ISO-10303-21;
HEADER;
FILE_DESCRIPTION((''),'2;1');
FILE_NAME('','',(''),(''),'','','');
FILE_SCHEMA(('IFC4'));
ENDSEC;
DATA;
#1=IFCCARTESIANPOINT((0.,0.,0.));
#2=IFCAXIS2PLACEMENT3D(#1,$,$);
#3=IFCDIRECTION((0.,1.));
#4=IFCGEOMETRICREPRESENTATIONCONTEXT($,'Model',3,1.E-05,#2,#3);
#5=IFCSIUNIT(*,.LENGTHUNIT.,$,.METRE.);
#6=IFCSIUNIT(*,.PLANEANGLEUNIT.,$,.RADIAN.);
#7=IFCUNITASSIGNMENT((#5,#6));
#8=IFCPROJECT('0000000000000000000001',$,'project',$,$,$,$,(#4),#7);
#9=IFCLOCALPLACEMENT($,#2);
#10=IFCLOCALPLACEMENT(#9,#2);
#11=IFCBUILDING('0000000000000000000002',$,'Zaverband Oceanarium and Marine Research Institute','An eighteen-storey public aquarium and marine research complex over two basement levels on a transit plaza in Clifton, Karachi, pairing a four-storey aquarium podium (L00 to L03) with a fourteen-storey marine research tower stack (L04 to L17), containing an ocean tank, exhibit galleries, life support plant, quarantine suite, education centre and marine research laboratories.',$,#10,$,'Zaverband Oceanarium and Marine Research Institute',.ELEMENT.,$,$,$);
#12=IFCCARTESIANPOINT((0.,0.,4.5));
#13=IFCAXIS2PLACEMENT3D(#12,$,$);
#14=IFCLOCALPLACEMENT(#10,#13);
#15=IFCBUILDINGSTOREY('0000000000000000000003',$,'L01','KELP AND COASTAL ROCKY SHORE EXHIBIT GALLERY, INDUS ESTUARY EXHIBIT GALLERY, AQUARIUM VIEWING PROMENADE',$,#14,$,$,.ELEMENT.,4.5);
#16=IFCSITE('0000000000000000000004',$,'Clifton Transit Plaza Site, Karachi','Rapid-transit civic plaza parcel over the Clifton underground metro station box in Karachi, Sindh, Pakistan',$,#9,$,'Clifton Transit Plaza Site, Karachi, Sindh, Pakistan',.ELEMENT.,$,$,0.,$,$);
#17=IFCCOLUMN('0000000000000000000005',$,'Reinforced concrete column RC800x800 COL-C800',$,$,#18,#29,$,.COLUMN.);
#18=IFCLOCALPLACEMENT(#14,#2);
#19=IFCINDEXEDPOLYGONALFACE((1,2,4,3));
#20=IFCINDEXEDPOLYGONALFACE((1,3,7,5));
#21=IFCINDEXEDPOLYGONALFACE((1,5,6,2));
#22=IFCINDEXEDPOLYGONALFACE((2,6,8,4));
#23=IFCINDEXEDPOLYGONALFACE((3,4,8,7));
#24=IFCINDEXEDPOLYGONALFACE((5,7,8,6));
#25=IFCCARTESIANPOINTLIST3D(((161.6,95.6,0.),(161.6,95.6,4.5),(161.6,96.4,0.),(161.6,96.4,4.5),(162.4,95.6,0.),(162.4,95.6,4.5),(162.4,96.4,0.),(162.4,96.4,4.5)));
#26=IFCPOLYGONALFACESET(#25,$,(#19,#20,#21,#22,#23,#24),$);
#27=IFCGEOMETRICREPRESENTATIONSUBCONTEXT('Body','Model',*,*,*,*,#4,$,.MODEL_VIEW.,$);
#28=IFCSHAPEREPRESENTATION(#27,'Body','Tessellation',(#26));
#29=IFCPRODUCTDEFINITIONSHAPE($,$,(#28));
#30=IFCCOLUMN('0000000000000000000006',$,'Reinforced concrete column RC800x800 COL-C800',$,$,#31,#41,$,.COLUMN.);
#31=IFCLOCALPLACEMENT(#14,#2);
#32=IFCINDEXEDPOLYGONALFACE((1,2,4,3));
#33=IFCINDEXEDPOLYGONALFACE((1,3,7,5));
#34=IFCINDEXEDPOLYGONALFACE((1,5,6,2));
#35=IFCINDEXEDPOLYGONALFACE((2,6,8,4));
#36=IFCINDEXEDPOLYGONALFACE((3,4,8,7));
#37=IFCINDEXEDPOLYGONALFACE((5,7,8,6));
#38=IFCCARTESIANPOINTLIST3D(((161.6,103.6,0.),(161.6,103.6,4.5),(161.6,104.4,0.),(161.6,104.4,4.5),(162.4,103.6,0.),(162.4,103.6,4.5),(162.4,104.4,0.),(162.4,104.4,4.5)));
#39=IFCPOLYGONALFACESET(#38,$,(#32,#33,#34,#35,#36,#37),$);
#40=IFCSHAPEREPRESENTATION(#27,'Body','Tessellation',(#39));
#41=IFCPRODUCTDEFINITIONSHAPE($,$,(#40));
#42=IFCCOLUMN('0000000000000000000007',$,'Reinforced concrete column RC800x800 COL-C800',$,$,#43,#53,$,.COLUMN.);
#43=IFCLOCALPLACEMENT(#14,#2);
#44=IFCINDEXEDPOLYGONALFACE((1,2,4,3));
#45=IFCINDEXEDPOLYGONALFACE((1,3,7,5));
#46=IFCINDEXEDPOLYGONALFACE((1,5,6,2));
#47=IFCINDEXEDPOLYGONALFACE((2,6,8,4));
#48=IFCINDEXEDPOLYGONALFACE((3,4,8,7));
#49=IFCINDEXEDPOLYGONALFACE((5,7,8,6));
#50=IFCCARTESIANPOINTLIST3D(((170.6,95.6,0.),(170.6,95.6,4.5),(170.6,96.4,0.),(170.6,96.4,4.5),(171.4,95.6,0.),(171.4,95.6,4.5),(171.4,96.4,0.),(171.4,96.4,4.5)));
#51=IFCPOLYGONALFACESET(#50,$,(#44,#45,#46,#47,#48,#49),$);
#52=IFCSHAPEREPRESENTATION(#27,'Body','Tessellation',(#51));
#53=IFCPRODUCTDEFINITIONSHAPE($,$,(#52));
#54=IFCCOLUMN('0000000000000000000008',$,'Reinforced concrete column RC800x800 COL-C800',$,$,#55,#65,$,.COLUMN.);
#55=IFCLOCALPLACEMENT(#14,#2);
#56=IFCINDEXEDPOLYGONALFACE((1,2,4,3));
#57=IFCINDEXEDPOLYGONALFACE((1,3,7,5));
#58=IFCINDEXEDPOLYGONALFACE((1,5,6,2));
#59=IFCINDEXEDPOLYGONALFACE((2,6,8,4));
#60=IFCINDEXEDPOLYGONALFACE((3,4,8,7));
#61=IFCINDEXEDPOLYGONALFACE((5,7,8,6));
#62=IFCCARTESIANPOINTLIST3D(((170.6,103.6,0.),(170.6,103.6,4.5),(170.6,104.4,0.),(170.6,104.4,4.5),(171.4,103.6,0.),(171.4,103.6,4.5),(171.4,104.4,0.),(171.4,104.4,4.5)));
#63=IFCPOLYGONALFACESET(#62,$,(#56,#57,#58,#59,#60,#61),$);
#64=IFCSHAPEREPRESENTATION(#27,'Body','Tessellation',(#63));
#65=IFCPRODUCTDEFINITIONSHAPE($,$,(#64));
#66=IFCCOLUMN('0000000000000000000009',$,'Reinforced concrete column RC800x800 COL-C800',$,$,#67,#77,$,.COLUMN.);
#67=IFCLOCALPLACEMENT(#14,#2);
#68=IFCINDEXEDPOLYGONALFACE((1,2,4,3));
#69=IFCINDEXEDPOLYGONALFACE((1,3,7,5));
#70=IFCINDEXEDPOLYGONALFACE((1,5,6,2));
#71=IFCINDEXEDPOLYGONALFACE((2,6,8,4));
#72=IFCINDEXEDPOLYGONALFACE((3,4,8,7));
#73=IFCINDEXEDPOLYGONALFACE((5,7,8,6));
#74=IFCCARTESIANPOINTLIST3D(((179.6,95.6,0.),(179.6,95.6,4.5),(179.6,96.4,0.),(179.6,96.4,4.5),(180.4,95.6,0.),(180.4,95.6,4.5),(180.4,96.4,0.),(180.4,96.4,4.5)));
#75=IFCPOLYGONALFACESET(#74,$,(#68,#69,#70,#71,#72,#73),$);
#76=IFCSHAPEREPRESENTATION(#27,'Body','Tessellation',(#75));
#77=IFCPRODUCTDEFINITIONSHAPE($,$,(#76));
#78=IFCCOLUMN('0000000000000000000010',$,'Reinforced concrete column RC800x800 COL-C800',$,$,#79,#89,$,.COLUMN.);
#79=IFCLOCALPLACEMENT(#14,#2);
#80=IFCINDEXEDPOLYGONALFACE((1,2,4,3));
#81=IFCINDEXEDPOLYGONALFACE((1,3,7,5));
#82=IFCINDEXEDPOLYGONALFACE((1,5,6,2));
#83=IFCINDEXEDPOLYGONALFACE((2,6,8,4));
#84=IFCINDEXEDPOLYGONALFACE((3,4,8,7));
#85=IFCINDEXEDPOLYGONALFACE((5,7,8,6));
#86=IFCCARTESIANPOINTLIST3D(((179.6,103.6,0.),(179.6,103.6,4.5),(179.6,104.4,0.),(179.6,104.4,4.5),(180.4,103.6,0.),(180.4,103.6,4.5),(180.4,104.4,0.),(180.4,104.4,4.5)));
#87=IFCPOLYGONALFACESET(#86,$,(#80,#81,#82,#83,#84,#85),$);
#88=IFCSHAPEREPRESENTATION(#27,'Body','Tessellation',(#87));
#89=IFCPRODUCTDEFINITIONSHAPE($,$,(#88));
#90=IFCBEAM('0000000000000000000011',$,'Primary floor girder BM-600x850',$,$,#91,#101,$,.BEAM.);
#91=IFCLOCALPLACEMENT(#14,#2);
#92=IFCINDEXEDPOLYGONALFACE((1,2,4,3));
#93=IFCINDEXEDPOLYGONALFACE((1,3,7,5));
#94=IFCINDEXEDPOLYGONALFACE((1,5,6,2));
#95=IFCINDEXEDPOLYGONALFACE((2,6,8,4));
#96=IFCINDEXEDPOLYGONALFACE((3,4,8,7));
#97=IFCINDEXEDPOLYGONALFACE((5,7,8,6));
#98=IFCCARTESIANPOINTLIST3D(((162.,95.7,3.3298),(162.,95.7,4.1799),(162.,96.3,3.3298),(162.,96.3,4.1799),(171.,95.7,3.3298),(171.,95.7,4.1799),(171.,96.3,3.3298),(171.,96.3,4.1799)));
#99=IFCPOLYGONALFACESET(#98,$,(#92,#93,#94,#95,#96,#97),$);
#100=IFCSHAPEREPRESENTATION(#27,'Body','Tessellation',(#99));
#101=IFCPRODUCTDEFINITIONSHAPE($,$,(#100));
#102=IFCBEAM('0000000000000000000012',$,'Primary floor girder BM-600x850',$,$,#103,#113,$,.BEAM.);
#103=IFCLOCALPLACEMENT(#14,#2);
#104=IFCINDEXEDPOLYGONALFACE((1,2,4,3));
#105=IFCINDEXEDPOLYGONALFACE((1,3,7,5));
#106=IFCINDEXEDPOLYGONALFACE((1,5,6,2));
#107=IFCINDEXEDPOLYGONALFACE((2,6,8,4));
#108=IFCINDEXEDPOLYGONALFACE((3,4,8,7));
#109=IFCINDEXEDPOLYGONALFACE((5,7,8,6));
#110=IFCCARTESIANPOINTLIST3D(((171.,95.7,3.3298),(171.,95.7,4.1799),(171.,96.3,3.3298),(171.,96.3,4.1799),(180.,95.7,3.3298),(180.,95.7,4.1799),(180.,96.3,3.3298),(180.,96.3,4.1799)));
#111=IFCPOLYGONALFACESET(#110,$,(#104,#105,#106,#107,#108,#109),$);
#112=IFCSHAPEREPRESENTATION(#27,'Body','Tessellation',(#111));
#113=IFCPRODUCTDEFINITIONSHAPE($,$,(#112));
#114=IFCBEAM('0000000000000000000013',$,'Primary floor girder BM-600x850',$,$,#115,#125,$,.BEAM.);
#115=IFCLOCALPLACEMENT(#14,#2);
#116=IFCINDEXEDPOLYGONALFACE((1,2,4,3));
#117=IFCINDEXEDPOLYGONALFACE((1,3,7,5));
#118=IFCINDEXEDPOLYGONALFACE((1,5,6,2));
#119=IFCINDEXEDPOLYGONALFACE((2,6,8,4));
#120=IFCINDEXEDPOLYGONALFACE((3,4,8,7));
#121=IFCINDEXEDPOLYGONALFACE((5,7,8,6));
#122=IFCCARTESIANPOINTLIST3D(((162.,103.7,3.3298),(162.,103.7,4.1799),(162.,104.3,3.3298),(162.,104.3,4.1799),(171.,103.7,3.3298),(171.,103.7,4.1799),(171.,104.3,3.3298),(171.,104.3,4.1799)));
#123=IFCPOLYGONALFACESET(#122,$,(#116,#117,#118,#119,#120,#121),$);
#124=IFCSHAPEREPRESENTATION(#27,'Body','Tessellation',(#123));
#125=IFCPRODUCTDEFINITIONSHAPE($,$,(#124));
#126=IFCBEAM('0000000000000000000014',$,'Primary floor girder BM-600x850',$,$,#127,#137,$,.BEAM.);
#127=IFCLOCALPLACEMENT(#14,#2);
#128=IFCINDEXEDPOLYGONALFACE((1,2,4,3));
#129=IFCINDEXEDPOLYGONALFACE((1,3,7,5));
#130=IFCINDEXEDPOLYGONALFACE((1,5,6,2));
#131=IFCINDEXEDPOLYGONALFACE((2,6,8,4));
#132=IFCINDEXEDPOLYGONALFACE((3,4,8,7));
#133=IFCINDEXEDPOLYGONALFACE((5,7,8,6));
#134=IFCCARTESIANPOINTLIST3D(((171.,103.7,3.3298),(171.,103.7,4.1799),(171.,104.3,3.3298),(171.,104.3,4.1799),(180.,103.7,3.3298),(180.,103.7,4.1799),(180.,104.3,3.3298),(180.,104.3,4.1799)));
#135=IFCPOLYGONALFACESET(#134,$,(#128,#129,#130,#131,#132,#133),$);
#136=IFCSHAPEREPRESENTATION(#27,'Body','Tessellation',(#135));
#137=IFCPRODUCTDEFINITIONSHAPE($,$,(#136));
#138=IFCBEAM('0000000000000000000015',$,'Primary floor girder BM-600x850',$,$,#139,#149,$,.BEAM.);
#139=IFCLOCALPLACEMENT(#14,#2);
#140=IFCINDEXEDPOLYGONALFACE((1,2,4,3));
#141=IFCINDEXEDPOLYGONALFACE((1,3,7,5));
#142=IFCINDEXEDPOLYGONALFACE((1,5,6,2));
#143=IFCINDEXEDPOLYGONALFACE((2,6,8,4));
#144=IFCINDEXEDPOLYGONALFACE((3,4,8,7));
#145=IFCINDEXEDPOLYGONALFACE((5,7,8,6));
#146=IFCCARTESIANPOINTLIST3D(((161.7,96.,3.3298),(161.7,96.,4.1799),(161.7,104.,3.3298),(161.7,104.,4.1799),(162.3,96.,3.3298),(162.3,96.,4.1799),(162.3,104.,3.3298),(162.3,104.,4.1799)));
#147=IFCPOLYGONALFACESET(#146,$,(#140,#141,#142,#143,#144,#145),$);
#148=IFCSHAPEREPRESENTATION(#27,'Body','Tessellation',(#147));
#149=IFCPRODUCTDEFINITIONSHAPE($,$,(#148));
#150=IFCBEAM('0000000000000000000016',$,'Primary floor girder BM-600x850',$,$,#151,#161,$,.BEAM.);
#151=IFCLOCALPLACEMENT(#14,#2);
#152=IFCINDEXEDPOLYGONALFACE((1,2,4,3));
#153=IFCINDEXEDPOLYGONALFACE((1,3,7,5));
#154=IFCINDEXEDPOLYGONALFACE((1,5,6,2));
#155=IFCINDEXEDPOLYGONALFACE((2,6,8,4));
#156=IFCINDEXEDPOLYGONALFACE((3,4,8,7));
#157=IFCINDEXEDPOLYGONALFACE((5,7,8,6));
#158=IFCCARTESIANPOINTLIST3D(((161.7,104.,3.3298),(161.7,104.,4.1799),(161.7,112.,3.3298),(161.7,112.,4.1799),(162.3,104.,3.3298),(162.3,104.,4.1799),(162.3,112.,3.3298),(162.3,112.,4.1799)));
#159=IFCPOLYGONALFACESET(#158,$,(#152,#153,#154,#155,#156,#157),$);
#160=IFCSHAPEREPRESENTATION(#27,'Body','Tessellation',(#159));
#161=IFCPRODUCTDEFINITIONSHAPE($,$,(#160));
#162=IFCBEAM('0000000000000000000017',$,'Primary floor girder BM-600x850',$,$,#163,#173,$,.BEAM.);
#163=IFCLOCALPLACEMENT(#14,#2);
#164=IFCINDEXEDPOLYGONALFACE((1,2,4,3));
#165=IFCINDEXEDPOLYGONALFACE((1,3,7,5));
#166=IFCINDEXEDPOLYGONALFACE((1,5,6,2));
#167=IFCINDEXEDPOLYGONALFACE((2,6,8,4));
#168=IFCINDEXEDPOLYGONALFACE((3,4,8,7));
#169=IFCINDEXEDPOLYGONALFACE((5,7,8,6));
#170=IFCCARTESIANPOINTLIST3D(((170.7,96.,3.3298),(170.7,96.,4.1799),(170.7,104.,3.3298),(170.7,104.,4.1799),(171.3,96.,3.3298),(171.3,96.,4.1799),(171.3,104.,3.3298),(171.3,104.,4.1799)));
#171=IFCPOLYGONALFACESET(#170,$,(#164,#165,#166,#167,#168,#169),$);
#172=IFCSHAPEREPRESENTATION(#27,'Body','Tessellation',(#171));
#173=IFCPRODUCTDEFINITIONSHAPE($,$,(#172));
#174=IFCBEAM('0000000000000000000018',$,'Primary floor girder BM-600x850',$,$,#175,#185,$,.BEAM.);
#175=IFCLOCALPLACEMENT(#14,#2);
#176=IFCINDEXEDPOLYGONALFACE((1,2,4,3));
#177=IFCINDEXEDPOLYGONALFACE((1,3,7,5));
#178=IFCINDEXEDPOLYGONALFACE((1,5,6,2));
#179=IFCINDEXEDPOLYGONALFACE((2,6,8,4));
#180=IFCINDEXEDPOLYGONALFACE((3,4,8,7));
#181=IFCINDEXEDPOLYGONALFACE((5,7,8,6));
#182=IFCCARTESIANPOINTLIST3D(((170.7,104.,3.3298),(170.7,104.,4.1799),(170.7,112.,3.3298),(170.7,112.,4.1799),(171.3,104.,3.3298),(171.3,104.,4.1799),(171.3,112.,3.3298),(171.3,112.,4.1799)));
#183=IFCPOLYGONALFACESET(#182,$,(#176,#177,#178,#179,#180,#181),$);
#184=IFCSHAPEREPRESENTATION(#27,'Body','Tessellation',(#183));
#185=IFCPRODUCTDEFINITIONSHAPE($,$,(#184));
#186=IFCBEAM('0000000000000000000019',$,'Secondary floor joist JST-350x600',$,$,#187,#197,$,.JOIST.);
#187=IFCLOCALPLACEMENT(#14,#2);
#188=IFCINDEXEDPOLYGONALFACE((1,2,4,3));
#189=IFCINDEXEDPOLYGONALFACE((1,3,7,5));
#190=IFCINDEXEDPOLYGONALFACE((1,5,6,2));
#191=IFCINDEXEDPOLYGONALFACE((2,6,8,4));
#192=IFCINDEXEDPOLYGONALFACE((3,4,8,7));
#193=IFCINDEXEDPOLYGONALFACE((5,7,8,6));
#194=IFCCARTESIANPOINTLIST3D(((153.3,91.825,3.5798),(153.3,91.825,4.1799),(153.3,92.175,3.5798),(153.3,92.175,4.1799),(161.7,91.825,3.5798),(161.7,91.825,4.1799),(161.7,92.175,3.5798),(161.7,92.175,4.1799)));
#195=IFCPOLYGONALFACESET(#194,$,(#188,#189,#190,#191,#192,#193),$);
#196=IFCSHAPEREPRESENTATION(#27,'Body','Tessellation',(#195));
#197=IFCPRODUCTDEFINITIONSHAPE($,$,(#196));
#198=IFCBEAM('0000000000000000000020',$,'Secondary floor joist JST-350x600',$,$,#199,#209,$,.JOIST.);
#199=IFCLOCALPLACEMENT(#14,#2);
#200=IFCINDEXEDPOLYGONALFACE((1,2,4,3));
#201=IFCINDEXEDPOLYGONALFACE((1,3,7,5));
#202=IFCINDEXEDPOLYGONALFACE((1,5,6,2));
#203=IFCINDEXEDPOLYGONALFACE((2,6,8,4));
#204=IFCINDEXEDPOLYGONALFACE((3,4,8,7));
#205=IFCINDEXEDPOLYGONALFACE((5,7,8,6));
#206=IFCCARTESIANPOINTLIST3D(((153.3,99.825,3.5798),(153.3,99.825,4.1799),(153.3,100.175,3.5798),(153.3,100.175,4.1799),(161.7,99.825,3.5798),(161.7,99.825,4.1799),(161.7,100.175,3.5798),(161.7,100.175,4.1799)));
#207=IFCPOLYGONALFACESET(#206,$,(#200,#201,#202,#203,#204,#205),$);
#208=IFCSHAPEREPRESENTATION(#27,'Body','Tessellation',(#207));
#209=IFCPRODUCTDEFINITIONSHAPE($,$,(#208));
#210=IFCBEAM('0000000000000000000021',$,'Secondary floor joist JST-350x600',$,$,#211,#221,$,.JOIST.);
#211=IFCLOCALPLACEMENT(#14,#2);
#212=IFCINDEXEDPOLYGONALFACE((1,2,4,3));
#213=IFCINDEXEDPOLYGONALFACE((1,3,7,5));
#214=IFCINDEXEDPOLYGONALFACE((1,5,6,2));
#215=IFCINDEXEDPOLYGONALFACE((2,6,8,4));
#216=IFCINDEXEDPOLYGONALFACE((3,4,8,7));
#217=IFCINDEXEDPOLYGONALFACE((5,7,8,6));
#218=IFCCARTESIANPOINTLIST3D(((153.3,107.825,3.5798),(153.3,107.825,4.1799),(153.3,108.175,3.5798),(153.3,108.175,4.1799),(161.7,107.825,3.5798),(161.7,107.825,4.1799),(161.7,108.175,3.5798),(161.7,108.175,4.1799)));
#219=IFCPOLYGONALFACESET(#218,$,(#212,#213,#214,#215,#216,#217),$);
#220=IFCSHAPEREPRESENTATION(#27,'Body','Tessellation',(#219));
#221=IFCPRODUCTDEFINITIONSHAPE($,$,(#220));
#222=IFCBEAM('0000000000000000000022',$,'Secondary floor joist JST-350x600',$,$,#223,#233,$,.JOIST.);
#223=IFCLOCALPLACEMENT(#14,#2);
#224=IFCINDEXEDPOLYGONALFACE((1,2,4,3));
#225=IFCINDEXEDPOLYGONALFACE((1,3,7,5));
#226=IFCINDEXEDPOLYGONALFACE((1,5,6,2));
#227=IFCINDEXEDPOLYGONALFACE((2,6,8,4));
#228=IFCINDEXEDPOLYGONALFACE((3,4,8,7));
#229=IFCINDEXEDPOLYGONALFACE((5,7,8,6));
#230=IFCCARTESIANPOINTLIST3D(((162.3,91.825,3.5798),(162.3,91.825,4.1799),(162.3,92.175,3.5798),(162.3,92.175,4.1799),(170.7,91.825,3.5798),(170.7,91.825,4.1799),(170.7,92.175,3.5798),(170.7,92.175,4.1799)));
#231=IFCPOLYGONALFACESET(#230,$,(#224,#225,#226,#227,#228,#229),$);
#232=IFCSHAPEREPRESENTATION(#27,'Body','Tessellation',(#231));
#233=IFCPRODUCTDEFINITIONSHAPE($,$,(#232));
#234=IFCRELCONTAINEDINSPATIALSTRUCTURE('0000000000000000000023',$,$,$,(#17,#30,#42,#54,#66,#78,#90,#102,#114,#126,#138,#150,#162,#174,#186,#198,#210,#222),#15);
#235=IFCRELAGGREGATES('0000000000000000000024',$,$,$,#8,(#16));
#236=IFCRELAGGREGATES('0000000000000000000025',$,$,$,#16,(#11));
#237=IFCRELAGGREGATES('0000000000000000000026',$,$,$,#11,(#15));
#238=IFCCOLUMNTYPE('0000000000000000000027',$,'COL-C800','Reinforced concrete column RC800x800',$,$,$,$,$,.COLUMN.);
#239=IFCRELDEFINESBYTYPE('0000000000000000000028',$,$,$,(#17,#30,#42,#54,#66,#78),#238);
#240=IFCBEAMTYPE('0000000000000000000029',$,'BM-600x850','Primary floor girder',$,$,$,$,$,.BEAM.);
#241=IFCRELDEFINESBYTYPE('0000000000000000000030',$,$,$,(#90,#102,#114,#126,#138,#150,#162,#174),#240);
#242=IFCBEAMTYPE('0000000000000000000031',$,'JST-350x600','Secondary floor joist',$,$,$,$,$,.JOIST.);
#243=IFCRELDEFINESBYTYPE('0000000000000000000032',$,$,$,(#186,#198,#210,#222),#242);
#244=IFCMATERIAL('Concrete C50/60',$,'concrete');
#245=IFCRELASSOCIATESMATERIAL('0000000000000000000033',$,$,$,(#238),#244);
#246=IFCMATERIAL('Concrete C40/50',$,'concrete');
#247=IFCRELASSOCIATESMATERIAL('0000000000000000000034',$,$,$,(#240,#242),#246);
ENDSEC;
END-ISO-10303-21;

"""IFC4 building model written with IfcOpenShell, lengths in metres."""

from ifc_helpers import new_model, si_unit, direction, frame, origin, origin_2d, place, context, subcontext, project, spatial, rectangle, extrude, material, material_profile, profile_set, type_object, element, save


model = new_model("IFC4")

# Units and contexts
model_context = context("Model", 3, precision=1e-05, world=origin(), true_north=direction((0.0, 1.0)))
body_context = subcontext(model_context, "Body", "Model", "MODEL_VIEW")
ifc_project = project(units=[si_unit("LENGTHUNIT", "METRE"), si_unit("PLANEANGLEUNIT", "RADIAN")], contexts=[model_context])

# Site, building, storey
site_placement = place(None, origin())
site = spatial("IfcSite", under=ifc_project, at=site_placement, Name="Clifton Transit Plaza Site, Karachi", Description="Rapid-transit civic plaza parcel over the Clifton underground metro station box in Karachi, Sindh, Pakistan", LongName="Clifton Transit Plaza Site, Karachi, Sindh, Pakistan", CompositionType="ELEMENT", RefElevation=0.0)
building_placement = place(site_placement, origin())
building = spatial("IfcBuilding", under=site, at=building_placement, Name="Zaverband Oceanarium and Marine Research Institute", Description="An eighteen-storey public aquarium and marine research complex over two basement levels on a transit plaza in Clifton, Karachi, pairing a four-storey aquarium podium (L00 to L03) with a fourteen-storey marine research tower stack (L04 to L17), containing an ocean tank, exhibit galleries, life support plant, quarantine suite, education centre and marine research laboratories.", LongName="Zaverband Oceanarium and Marine Research Institute", CompositionType="ELEMENT")
storey_placement = place(building_placement, frame((0.0, 0.0, 4.5)))
storey = spatial("IfcBuildingStorey", under=building, at=storey_placement, Name="L01", Description="KELP AND COASTAL ROCKY SHORE EXHIBIT GALLERY, INDUS ESTUARY EXHIBIT GALLERY, AQUARIUM VIEWING PROMENADE", CompositionType="ELEMENT", Elevation=4.5)

# Columns
ifc_material_1 = material(Name="Concrete C50/60", Category="concrete")
ifc_material_profile_1 = material_profile(ifc_material_1, rectangle(XDim=0.8, YDim=0.8, at=origin_2d()), Name="RC800x800")
ifc_profile_set_1 = profile_set([ifc_material_profile_1], Name="Concrete C50/60")
column_type = type_object("IfcColumnType", Name="COL-C800", Description="Reinforced concrete column RC800x800", PredefinedType="COLUMN", material=ifc_profile_set_1)
for number, where, z_axis, x_axis, name in (
    (1, (162.0, 96.0, 0.0), (0.0, 0.0, 1.0), (1.0, 0.0, 0.0), "Reinforced concrete column RC800x800 COL-C800"),
    (2, (162.0, 104.0, 0.0), (0.0, 0.0, 1.0), (1.0, 0.0, 0.0), "Reinforced concrete column RC800x800 COL-C800"),
    (3, (171.0, 96.0, 0.0), (0.0, 0.0, 1.0), (1.0, 0.0, 0.0), "Reinforced concrete column RC800x800 COL-C800"),
    (4, (171.0, 104.0, 0.0), (0.0, 0.0, 1.0), (1.0, 0.0, 0.0), "Reinforced concrete column RC800x800 COL-C800"),
    (5, (180.0, 96.0, 0.0), (0.0, 0.0, 1.0), (1.0, 0.0, 0.0), "Reinforced concrete column RC800x800 COL-C800"),
    (6, (180.0, 104.0, 0.0), (0.0, 0.0, 1.0), (1.0, 0.0, 0.0), "Reinforced concrete column RC800x800 COL-C800"),
):
    element("IfcColumn", number, at=place(storey_placement, frame(where, z_axis=z_axis, x_axis=x_axis)), inside=storey, type_object=column_type, Name=name, PredefinedType="COLUMN", context=body_context, shape_type="SweptSolid", body=[
        extrude(rectangle(XDim=0.8, YDim=0.8, at=origin_2d()), origin(), (0.0, 0.0, 1.0), 4.5),
    ])

# Beams
ifc_material_2 = material(Name="Concrete C40/50", Category="concrete")
ifc_material_profile_2 = material_profile(ifc_material_2, rectangle(XDim=0.6001, YDim=0.8501, at=origin_2d()), Name="RC600x850")
ifc_profile_set_2 = profile_set([ifc_material_profile_2], Name="Concrete C40/50")
beam_type_1 = type_object("IfcBeamType", Name="BM-600x850", Description="Primary floor girder", PredefinedType="BEAM", material=ifc_profile_set_2)
for number, where, z_axis, x_axis, name in (
    (7, (162.0, 96.0, 3.7549), (1.0, 0.0, 0.0), (0.0, 1.0, 0.0), "Primary floor girder BM-600x850"),
    (8, (171.0, 96.0, 3.7549), (1.0, 0.0, 0.0), (0.0, 1.0, 0.0), "Primary floor girder BM-600x850"),
    (9, (162.0, 104.0, 3.7549), (1.0, 0.0, 0.0), (0.0, 1.0, 0.0), "Primary floor girder BM-600x850"),
    (10, (171.0, 104.0, 3.7549), (1.0, 0.0, 0.0), (0.0, 1.0, 0.0), "Primary floor girder BM-600x850"),
):
    element("IfcBeam", number, at=place(storey_placement, frame(where, z_axis=z_axis, x_axis=x_axis)), inside=storey, type_object=beam_type_1, Name=name, PredefinedType="BEAM", context=body_context, shape_type="SweptSolid", body=[
        extrude(rectangle(XDim=0.6001, YDim=0.8501, at=origin_2d()), origin(), (0.0, 0.0, 1.0), 9.0),
    ])
for number, where, z_axis, x_axis, name in (
    (11, (162.0, 96.0, 3.7549), (0.0, 1.0, 0.0), (-1.0, 0.0, 0.0), "Primary floor girder BM-600x850"),
    (12, (162.0, 104.0, 3.7549), (0.0, 1.0, 0.0), (-1.0, 0.0, 0.0), "Primary floor girder BM-600x850"),
    (13, (171.0, 96.0, 3.7549), (0.0, 1.0, 0.0), (-1.0, 0.0, 0.0), "Primary floor girder BM-600x850"),
    (14, (171.0, 104.0, 3.7549), (0.0, 1.0, 0.0), (-1.0, 0.0, 0.0), "Primary floor girder BM-600x850"),
):
    element("IfcBeam", number, at=place(storey_placement, frame(where, z_axis=z_axis, x_axis=x_axis)), inside=storey, type_object=beam_type_1, Name=name, PredefinedType="BEAM", context=body_context, shape_type="SweptSolid", body=[
        extrude(rectangle(XDim=0.6001, YDim=0.8501, at=origin_2d()), origin(), (0.0, 0.0, 1.0), 8.0),
    ])
ifc_material_profile_3 = material_profile(ifc_material_2, rectangle(XDim=0.3501, YDim=0.6001, at=origin_2d()), Name="RC350x600")
ifc_profile_set_3 = profile_set([ifc_material_profile_3], Name="Concrete C40/50")
beam_type_2 = type_object("IfcBeamType", Name="JST-350x600", Description="Secondary floor joist", PredefinedType="JOIST", material=ifc_profile_set_3)
for number, where, z_axis, x_axis, name in (
    (15, (153.3, 92.0, 3.8799), (1.0, 0.0, 0.0), (0.0, 1.0, 0.0), "Secondary floor joist JST-350x600"),
    (16, (153.3, 100.0, 3.8799), (1.0, 0.0, 0.0), (0.0, 1.0, 0.0), "Secondary floor joist JST-350x600"),
    (17, (153.3, 108.0, 3.8799), (1.0, 0.0, 0.0), (0.0, 1.0, 0.0), "Secondary floor joist JST-350x600"),
    (18, (162.3, 92.0, 3.8799), (1.0, 0.0, 0.0), (0.0, 1.0, 0.0), "Secondary floor joist JST-350x600"),
):
    element("IfcBeam", number, at=place(storey_placement, frame(where, z_axis=z_axis, x_axis=x_axis)), inside=storey, type_object=beam_type_2, Name=name, PredefinedType="JOIST", context=body_context, shape_type="SweptSolid", body=[
        extrude(rectangle(XDim=0.3501, YDim=0.6001, at=origin_2d()), origin(), (0.0, 0.0, 1.0), 8.3999),
    ])

save(model, "model.ifc")
